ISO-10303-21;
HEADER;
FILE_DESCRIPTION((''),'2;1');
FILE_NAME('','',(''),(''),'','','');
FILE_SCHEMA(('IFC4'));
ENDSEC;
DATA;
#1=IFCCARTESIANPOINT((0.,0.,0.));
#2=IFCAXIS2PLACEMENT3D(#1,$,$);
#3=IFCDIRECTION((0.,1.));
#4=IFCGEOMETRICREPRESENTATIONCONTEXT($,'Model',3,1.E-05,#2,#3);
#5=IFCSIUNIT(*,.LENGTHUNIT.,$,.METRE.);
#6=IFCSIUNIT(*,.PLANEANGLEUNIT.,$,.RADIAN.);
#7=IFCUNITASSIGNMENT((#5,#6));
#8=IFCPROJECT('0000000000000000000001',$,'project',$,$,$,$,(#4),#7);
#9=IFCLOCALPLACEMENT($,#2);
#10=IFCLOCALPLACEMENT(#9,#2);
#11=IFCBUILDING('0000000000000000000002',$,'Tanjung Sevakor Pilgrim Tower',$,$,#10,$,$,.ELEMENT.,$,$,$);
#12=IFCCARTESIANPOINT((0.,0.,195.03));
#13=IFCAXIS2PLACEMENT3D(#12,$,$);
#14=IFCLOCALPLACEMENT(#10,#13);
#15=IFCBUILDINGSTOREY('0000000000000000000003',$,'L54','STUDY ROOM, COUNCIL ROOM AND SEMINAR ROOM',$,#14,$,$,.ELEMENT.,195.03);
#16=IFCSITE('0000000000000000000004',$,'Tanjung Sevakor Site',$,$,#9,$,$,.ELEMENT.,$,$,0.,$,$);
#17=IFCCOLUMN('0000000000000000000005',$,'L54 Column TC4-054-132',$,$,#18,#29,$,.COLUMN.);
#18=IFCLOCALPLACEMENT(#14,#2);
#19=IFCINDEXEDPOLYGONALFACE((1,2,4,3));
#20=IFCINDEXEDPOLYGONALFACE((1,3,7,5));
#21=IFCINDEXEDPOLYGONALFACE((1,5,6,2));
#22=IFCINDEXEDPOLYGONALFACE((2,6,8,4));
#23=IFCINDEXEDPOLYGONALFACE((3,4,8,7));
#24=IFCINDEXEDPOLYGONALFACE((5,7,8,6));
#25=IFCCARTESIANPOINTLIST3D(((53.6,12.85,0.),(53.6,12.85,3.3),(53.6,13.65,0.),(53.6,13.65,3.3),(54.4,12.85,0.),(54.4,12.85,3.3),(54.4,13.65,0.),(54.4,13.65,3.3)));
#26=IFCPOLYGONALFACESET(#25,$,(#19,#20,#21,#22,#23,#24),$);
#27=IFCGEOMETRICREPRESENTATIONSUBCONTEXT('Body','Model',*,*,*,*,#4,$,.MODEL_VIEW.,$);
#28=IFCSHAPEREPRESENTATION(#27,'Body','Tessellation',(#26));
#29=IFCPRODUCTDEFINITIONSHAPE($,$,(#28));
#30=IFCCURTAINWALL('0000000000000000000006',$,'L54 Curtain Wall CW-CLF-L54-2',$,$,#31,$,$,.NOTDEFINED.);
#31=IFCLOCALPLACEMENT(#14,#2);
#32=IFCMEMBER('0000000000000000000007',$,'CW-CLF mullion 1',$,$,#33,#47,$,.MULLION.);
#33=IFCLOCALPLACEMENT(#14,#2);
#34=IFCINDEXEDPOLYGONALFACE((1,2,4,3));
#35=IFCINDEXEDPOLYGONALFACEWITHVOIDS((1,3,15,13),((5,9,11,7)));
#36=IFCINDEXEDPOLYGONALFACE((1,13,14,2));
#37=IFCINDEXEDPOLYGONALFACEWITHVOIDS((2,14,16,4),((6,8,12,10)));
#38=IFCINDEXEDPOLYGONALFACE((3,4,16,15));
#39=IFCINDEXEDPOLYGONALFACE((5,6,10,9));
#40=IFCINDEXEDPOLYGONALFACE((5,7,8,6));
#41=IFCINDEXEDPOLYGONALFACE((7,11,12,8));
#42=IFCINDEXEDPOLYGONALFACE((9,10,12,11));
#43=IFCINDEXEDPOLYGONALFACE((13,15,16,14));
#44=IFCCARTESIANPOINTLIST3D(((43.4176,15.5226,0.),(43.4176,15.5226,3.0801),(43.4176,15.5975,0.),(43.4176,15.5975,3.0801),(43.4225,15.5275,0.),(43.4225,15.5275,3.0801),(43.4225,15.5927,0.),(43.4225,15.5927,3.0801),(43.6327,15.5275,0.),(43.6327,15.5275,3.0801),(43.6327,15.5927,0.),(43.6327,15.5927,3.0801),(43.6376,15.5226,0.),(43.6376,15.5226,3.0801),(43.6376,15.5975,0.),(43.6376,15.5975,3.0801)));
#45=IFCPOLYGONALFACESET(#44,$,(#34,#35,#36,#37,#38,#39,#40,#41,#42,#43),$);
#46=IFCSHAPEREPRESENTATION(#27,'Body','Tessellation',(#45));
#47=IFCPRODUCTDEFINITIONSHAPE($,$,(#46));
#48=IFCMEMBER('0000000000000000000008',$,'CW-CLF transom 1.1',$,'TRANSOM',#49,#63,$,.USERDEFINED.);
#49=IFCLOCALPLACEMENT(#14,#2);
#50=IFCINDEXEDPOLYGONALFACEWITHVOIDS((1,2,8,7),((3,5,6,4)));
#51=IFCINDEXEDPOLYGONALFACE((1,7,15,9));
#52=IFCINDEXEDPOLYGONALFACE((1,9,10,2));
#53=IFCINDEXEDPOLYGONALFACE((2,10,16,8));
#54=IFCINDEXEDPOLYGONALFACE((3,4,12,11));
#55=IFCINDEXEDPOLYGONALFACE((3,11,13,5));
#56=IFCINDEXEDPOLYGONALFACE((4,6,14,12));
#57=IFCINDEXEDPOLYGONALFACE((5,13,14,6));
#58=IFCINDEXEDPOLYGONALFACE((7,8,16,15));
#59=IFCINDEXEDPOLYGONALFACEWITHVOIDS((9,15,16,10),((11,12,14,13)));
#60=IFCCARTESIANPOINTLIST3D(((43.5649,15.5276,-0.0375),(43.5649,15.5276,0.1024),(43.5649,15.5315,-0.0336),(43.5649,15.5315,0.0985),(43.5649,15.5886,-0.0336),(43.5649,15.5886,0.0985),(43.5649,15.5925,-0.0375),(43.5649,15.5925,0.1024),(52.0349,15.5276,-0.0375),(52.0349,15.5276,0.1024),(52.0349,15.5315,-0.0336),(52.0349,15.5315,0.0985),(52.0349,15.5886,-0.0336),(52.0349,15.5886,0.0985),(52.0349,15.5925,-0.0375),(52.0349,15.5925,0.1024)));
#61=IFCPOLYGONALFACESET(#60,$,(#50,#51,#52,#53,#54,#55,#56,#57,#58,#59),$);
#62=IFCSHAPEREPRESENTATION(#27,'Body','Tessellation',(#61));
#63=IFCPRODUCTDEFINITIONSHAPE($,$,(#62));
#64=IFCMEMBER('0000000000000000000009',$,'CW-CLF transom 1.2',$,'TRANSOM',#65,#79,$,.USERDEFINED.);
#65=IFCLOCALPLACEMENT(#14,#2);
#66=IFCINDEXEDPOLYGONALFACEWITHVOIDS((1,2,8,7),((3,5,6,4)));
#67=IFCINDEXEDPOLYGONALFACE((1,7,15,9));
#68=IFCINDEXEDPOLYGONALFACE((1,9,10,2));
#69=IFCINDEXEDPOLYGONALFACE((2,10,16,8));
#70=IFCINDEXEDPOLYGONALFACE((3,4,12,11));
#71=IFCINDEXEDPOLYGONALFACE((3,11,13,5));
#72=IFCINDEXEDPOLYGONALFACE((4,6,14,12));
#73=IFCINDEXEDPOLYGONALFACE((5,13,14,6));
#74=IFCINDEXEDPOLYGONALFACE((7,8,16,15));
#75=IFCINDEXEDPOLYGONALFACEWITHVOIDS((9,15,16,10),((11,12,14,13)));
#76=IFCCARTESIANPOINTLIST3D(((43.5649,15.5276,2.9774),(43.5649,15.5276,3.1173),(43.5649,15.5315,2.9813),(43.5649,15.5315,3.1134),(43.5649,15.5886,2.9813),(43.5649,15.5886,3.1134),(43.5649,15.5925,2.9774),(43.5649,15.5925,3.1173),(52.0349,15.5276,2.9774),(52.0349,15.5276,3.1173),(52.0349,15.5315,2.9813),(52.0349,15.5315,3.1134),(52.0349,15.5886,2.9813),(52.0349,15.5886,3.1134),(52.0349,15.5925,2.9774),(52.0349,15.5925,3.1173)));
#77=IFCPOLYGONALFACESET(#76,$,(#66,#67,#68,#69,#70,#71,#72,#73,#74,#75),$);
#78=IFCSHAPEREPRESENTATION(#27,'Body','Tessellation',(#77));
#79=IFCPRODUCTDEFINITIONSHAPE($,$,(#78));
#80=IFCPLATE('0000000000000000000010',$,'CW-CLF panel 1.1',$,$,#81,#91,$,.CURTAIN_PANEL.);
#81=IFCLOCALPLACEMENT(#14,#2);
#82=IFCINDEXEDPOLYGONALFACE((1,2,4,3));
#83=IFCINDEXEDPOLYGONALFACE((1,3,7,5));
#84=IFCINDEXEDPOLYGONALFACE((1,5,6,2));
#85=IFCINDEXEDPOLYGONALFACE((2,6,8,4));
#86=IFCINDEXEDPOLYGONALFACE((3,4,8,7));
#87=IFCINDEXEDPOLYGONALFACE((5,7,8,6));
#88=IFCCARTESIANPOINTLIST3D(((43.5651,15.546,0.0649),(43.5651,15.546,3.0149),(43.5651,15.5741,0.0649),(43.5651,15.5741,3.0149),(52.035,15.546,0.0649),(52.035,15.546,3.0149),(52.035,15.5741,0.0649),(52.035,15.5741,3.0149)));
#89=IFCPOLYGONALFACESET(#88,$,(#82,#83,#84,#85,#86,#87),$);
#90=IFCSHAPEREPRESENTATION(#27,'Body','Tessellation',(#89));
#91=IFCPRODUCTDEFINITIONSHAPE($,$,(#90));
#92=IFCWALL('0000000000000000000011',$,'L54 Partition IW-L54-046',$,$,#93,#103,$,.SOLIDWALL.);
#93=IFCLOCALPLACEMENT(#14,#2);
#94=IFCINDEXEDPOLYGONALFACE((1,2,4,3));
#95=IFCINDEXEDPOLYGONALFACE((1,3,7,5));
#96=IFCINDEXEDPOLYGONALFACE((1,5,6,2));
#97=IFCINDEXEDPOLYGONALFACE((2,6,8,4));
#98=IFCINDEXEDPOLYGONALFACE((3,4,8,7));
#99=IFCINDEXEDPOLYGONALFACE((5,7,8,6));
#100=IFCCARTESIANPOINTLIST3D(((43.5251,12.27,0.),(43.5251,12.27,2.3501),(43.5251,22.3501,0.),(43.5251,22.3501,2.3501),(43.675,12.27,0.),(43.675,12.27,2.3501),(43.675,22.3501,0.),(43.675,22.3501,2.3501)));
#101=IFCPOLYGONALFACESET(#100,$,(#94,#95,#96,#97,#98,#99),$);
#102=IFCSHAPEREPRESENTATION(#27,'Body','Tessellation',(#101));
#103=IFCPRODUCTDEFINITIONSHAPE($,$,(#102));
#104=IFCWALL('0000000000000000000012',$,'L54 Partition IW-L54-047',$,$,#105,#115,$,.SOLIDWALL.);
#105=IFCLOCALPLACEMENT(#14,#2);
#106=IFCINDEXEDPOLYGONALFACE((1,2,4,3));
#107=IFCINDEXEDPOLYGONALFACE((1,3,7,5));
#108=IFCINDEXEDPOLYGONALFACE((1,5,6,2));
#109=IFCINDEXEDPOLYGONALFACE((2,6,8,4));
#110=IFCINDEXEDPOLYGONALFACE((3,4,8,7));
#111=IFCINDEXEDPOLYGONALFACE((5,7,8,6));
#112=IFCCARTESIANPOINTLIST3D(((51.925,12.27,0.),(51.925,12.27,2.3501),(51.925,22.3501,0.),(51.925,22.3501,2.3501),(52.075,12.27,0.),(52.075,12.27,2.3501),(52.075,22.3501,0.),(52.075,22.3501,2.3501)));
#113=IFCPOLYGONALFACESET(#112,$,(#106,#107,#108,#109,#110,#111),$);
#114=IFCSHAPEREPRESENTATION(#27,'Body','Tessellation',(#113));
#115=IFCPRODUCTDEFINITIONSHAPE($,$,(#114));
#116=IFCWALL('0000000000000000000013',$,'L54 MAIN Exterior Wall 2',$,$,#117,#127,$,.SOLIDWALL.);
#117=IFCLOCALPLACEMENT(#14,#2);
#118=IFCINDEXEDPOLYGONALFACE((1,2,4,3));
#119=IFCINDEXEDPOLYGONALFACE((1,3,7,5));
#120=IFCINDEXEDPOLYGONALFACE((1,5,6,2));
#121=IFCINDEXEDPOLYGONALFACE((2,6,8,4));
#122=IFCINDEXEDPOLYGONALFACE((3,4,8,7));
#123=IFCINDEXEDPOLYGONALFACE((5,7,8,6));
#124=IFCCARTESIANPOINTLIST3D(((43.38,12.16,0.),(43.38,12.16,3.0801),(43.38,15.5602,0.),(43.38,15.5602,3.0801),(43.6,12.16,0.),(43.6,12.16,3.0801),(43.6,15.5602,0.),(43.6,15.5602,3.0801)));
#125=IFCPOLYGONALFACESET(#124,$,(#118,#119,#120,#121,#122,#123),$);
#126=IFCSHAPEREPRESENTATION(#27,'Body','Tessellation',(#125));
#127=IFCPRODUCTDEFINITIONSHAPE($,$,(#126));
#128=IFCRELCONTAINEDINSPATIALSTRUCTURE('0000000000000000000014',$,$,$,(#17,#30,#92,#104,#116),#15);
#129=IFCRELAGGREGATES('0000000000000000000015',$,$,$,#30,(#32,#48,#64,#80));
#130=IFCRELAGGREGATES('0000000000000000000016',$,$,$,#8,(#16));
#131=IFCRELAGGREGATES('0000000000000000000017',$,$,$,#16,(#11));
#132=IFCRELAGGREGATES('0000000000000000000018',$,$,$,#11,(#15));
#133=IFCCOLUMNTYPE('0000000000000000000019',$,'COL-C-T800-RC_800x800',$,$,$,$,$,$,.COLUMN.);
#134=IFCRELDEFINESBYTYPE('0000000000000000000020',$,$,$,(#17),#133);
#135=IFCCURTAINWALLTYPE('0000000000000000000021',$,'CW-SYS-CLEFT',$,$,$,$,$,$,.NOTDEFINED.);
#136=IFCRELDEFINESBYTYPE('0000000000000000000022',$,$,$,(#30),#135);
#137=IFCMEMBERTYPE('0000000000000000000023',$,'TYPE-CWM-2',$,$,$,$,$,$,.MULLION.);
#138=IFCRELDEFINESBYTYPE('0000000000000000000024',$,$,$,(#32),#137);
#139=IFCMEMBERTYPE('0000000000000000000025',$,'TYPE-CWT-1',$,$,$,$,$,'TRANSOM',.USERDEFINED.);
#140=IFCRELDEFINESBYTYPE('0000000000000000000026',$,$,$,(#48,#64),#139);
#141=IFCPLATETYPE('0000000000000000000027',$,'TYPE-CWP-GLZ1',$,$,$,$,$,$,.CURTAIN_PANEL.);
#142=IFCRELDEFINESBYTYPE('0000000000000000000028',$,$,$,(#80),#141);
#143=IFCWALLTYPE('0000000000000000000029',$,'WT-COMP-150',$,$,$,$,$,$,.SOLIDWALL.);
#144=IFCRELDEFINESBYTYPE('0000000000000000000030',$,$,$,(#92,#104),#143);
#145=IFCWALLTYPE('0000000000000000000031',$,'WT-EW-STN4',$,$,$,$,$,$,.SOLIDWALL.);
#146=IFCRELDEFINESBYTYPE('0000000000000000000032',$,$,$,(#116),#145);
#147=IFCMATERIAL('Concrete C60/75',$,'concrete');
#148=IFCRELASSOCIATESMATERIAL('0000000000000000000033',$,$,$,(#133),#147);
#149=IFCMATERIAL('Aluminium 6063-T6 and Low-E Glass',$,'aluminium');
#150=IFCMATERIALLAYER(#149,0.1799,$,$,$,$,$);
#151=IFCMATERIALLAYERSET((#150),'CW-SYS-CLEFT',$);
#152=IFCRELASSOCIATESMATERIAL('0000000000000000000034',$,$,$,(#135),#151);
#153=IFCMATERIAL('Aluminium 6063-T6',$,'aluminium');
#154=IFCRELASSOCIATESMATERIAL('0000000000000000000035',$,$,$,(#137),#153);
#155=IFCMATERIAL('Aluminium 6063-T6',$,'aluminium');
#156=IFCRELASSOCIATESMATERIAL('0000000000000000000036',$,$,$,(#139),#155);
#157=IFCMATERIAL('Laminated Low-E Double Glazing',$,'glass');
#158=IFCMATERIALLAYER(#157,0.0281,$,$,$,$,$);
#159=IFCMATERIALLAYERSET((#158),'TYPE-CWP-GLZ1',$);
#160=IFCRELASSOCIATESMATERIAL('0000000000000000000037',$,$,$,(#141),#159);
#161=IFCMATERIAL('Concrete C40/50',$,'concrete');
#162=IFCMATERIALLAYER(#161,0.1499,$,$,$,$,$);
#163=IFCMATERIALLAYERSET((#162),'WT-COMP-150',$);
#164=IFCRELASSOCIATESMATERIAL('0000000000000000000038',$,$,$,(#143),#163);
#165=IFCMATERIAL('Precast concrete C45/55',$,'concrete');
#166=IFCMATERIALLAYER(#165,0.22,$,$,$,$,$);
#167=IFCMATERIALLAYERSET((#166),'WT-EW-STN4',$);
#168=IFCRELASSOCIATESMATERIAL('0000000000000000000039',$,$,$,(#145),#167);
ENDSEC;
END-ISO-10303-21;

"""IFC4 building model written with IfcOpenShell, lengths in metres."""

from ifc_helpers import new_model, si_unit, direction, frame, frame_2d, origin, origin_2d, place, context, subcontext, project, spatial, rectangle, hollow_rectangle, extrude, material, layer, layer_set, material_profile, profile_set, type_object, element, aggregate, save


model = new_model("IFC4")

# Units and contexts
model_context = context("Model", 3, precision=1e-05, world=origin(), true_north=direction((0.0, 1.0)))
body_context = subcontext(model_context, "Body", "Model", "MODEL_VIEW")
ifc_project = project(units=[si_unit("LENGTHUNIT", "METRE"), si_unit("PLANEANGLEUNIT", "RADIAN")], contexts=[model_context])

# Site, building, storey
site_placement = place(None, origin())
site = spatial("IfcSite", under=ifc_project, at=site_placement, Name="Tanjung Sevakor Site", CompositionType="ELEMENT", RefElevation=0.0)
building_placement = place(site_placement, origin())
building = spatial("IfcBuilding", under=site, at=building_placement, Name="Tanjung Sevakor Pilgrim Tower", CompositionType="ELEMENT")
storey_placement = place(building_placement, frame((0.0, 0.0, 195.03)))
storey = spatial("IfcBuildingStorey", under=building, at=storey_placement, Name="L54", Description="STUDY ROOM, COUNCIL ROOM AND SEMINAR ROOM", CompositionType="ELEMENT", Elevation=195.03)

# Column
ifc_material_1 = material(Name="Concrete C60/75", Category="concrete")
ifc_material_profile_1 = material_profile(ifc_material_1, rectangle(XDim=0.8, YDim=0.8, at=origin_2d()))
ifc_profile_set_1 = profile_set([ifc_material_profile_1], Name="Concrete C60/75")
column_type = type_object("IfcColumnType", Name="COL-C-T800-RC_800x800", PredefinedType="COLUMN", material=ifc_profile_set_1)
column_placement = place(storey_placement, frame((54.0, 13.25, 0.0), z_axis=(0.0, 0.0, 1.0), x_axis=(1.0, 0.0, 0.0)))
element("IfcColumn", 1, at=column_placement, inside=storey, type_object=column_type, Name="L54 Column TC4-054-132", PredefinedType="COLUMN", context=body_context, shape_type="SweptSolid", body=[
    extrude(rectangle(XDim=0.8, YDim=0.8, at=origin_2d()), origin(), (0.0, 0.0, 1.0), 3.3),
])

# Curtain wall, members, plate
ifc_material_2 = material(Name="Aluminium 6063-T6 and Low-E Glass", Category="aluminium")
ifc_layer_1 = layer(ifc_material_2, 0.1799)
ifc_layer_set_1 = layer_set([ifc_layer_1], Name="CW-SYS-CLEFT")
curtain_wall_type = type_object("IfcCurtainWallType", Name="CW-SYS-CLEFT", PredefinedType="NOTDEFINED", material=ifc_layer_set_1)
curtain_wall_placement = place(storey_placement, origin())
curtain_wall = element("IfcCurtainWall", 2, at=curtain_wall_placement, inside=storey, type_object=curtain_wall_type, Name="L54 Curtain Wall CW-CLF-L54-2", PredefinedType="NOTDEFINED")
ifc_material_3 = material(Name="Aluminium 6063-T6", Category="aluminium")
ifc_material_profile_2 = material_profile(ifc_material_3, hollow_rectangle(XDim=0.075, YDim=0.22, WallThickness=0.0049, at=origin_2d()))
ifc_profile_set_2 = profile_set([ifc_material_profile_2], Name="Aluminium 6063-T6")
member_type_1 = type_object("IfcMemberType", Name="TYPE-CWM-2", PredefinedType="MULLION", material=ifc_profile_set_2)
member_1_placement = place(storey_placement, frame((43.5276, 15.5601, 0.0), z_axis=(0.0, 0.0, 1.0), x_axis=(0.0, 1.0, 0.0)))
member_1 = element("IfcMember", 3, at=member_1_placement, type_object=member_type_1, Name="CW-CLF mullion 1", PredefinedType="MULLION", context=body_context, shape_type="SweptSolid", body=[
    extrude(hollow_rectangle(XDim=0.075, YDim=0.22, WallThickness=0.0049, at=origin_2d()), origin(), (0.0, 0.0, 1.0), 3.0801),
])
ifc_material_4 = material(Name="Aluminium 6063-T6", Category="aluminium")
ifc_material_profile_3 = material_profile(ifc_material_4, hollow_rectangle(XDim=0.0649, YDim=0.1399, WallThickness=0.0039, at=origin_2d()))
ifc_profile_set_3 = profile_set([ifc_material_profile_3], Name="Aluminium 6063-T6")
member_type_2 = type_object("IfcMemberType", Name="TYPE-CWT-1", ElementType="TRANSOM", PredefinedType="USERDEFINED", material=ifc_profile_set_3)
member_2_placement = place(storey_placement, frame((43.5649, 15.5601, 0.0325), z_axis=(1.0, 0.0, 0.0), x_axis=(0.0, 1.0, 0.0)))
member_2 = element("IfcMember", 4, at=member_2_placement, type_object=member_type_2, Name="CW-CLF transom 1.1", ObjectType="TRANSOM", PredefinedType="USERDEFINED", context=body_context, shape_type="SweptSolid", body=[
    extrude(hollow_rectangle(XDim=0.0649, YDim=0.1399, WallThickness=0.0039, at=origin_2d()), origin(), (0.0, 0.0, 1.0), 8.47),
])
member_3_placement = place(storey_placement, frame((43.5649, 15.5601, 3.0474), z_axis=(1.0, 0.0, 0.0), x_axis=(0.0, 1.0, 0.0)))
member_3 = element("IfcMember", 5, at=member_3_placement, type_object=member_type_2, Name="CW-CLF transom 1.2", ObjectType="TRANSOM", PredefinedType="USERDEFINED", context=body_context, shape_type="SweptSolid", body=[
    extrude(hollow_rectangle(XDim=0.0649, YDim=0.1399, WallThickness=0.0039, at=origin_2d()), origin(), (0.0, 0.0, 1.0), 8.47),
])
ifc_material_5 = material(Name="Laminated Low-E Double Glazing", Category="glass")
ifc_layer_2 = layer(ifc_material_5, 0.0281)
ifc_layer_set_2 = layer_set([ifc_layer_2], Name="TYPE-CWP-GLZ1")
plate_type = type_object("IfcPlateType", Name="TYPE-CWP-GLZ1", PredefinedType="CURTAIN_PANEL", material=ifc_layer_set_2)
plate_placement = place(storey_placement, frame((47.8, 15.5601, 0.0649), z_axis=(0.0, 0.0, 1.0), x_axis=(1.0, 0.0, 0.0)))
plate = element("IfcPlate", 6, at=plate_placement, type_object=plate_type, Name="CW-CLF panel 1.1", PredefinedType="CURTAIN_PANEL", context=body_context, shape_type="SweptSolid", body=[
    extrude(rectangle(XDim=8.47, YDim=0.0281, at=origin_2d()), origin(), (0.0, 0.0, 1.0), 2.95),
])
aggregate(curtain_wall, [member_1, member_2, member_3, plate])

# Walls
ifc_material_6 = material(Name="Concrete C40/50", Category="concrete")
ifc_layer_3 = layer(ifc_material_6, 0.1499)
ifc_layer_set_3 = layer_set([ifc_layer_3], Name="WT-COMP-150")
wall_type_1 = type_object("IfcWallType", Name="WT-COMP-150", PredefinedType="SOLIDWALL", material=ifc_layer_set_3)
for number, where, z_axis, x_axis, name in (
    (7, (43.6001, 12.27, 0.0), (0.0, 0.0, 1.0), (0.0, 1.0, 0.0), "L54 Partition IW-L54-046"),
    (8, (52.0, 12.27, 0.0), (0.0, 0.0, 1.0), (0.0, 1.0, 0.0), "L54 Partition IW-L54-047"),
):
    element("IfcWall", number, at=place(storey_placement, frame(where, z_axis=z_axis, x_axis=x_axis)), inside=storey, type_object=wall_type_1, Name=name, PredefinedType="SOLIDWALL", context=body_context, shape_type="SweptSolid", body=[
        extrude(rectangle(XDim=10.0801, YDim=0.1499, at=frame_2d((5.04, 0.0))), origin(), (0.0, 0.0, 1.0), 2.3501),
    ])
ifc_material_7 = material(Name="Precast concrete C45/55", Category="concrete")
ifc_layer_4 = layer(ifc_material_7, 0.22)
ifc_layer_set_4 = layer_set([ifc_layer_4], Name="WT-EW-STN4")
wall_type_2 = type_object("IfcWallType", Name="WT-EW-STN4", PredefinedType="SOLIDWALL", material=ifc_layer_set_4)
wall_1_placement = place(storey_placement, frame((43.49, 12.1599, 0.0), z_axis=(0.0, 0.0, 1.0), x_axis=(0.0, 1.0, 0.0)))
element("IfcWall", 9, at=wall_1_placement, inside=storey, type_object=wall_type_2, Name="L54 MAIN Exterior Wall 2", PredefinedType="SOLIDWALL", context=body_context, shape_type="SweptSolid", body=[
    extrude(rectangle(XDim=3.4001, YDim=0.22, at=frame_2d((1.7002, 0.0))), origin(), (0.0, 0.0, 1.0), 3.0801),
])

save(model, "model.ifc")
